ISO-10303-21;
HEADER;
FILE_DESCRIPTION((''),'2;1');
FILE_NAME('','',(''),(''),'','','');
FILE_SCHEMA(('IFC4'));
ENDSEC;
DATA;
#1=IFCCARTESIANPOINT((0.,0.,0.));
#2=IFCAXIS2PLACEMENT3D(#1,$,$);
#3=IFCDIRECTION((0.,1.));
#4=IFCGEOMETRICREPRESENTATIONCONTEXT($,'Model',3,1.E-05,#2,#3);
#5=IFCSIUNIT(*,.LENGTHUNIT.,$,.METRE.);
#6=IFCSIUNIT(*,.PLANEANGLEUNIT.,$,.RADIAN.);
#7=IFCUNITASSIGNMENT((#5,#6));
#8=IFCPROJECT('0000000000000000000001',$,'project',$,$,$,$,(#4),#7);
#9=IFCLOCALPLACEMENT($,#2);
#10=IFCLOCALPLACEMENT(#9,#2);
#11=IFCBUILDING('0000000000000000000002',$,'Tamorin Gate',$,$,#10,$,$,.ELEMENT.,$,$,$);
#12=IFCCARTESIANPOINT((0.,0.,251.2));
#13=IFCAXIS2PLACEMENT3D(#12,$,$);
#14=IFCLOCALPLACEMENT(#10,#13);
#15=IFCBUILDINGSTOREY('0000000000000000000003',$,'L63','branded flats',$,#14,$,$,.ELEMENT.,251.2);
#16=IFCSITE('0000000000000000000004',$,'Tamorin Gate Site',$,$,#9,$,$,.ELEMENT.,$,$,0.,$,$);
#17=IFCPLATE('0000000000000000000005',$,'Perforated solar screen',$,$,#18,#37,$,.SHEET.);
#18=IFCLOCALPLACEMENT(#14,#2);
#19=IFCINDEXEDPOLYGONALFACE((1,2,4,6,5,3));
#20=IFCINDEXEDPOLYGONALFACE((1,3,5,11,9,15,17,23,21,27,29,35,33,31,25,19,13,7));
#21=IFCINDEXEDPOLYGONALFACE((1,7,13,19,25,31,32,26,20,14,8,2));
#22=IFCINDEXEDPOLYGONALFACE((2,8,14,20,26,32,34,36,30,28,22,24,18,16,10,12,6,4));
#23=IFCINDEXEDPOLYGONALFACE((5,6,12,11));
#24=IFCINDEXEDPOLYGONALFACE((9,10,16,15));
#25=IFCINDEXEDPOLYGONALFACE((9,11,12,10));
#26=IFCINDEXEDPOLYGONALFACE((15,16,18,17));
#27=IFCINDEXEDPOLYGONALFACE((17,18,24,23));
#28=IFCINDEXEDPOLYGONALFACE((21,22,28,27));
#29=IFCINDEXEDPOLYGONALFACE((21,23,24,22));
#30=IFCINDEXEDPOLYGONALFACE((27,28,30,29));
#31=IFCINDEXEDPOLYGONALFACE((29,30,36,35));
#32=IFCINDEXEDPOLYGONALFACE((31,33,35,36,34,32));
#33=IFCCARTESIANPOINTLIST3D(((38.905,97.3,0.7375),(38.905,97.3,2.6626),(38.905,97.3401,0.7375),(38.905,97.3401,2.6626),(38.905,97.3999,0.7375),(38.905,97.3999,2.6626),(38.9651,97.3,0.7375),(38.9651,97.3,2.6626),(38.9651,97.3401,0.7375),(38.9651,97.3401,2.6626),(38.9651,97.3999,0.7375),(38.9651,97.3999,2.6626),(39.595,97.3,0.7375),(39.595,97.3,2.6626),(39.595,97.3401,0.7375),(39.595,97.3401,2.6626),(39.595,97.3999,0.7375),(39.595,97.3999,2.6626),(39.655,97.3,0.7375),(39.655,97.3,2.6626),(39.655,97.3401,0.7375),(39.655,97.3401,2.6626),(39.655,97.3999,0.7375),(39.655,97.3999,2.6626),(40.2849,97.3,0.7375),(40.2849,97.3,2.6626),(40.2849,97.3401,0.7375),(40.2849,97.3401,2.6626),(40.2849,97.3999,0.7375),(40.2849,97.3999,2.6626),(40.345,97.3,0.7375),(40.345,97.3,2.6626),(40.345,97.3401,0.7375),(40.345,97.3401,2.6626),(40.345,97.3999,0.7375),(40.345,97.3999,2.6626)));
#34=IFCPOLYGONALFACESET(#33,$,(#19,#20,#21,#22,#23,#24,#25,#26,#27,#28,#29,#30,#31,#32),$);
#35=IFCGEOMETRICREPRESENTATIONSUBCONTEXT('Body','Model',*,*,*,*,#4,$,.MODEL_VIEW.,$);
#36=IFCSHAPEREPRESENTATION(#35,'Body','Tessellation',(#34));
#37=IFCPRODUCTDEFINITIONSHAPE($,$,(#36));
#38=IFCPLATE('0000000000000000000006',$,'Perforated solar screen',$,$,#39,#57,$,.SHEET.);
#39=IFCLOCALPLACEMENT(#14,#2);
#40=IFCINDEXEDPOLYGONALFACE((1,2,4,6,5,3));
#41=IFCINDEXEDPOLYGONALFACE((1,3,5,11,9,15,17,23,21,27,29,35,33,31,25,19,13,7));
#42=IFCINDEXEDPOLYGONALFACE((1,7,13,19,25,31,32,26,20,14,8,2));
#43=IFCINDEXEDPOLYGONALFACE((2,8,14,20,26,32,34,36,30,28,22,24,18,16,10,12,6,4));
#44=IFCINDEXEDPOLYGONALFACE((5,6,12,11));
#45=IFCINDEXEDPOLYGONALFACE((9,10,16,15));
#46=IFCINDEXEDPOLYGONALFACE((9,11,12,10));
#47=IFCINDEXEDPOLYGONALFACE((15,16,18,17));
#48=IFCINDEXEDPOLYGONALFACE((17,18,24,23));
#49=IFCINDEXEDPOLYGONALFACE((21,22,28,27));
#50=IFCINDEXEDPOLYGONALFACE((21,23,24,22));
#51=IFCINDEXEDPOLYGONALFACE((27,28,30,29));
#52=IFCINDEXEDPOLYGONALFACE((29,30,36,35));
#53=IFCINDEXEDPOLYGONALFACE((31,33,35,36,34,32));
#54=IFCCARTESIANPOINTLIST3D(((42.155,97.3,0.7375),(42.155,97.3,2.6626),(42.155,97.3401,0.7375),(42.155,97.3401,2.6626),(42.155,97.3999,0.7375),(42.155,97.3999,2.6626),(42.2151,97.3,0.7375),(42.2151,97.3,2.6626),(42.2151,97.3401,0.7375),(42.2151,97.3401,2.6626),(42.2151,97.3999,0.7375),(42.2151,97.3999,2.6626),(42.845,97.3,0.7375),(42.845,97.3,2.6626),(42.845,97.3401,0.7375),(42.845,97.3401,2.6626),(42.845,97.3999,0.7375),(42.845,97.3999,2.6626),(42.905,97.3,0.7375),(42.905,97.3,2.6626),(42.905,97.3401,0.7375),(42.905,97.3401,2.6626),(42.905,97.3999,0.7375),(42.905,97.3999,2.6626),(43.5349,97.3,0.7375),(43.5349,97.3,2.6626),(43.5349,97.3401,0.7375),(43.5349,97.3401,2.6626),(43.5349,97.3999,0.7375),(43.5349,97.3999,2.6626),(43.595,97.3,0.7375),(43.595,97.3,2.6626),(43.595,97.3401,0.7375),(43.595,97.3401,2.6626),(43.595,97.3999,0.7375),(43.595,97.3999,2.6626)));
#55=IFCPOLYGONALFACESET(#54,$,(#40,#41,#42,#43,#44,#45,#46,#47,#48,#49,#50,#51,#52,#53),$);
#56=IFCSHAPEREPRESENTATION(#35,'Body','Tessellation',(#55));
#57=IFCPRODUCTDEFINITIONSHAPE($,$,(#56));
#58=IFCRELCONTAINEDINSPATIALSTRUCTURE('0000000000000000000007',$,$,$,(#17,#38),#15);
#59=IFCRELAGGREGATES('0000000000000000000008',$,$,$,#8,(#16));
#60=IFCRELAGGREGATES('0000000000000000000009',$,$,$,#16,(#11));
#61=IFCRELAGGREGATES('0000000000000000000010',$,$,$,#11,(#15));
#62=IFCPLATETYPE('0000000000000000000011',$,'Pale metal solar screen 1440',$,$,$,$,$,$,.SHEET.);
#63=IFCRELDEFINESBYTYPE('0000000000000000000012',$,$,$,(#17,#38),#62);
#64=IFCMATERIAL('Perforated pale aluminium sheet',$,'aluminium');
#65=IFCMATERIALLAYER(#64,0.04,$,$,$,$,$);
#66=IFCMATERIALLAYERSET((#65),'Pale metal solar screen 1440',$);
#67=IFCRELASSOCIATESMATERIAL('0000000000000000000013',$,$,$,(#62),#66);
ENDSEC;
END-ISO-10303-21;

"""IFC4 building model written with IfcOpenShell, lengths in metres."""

from ifc_helpers import new_model, si_unit, direction, frame, origin, place, context, subcontext, project, spatial, polyline, outline, extrude, material, layer, layer_set, type_object, element, save


model = new_model("IFC4")

# Units and contexts
model_context = context("Model", 3, precision=1e-05, world=origin(), true_north=direction((0.0, 1.0)))
body_context = subcontext(model_context, "Body", "Model", "MODEL_VIEW")
ifc_project = project(units=[si_unit("LENGTHUNIT", "METRE"), si_unit("PLANEANGLEUNIT", "RADIAN")], contexts=[model_context])

# Site, building, storey
site_placement = place(None, origin())
site = spatial("IfcSite", under=ifc_project, at=site_placement, Name="Tamorin Gate Site", CompositionType="ELEMENT", RefElevation=0.0)
building_placement = place(site_placement, origin())
building = spatial("IfcBuilding", under=site, at=building_placement, Name="Tamorin Gate", CompositionType="ELEMENT")
storey_placement = place(building_placement, frame((0.0, 0.0, 251.2)))
storey = spatial("IfcBuildingStorey", under=building, at=storey_placement, Name="L63", Description="branded flats", CompositionType="ELEMENT", Elevation=251.2)

# Plates
ifc_material_1 = material(Name="Perforated pale aluminium sheet", Category="aluminium")
ifc_layer_1 = layer(ifc_material_1, 0.04)
ifc_layer_set_1 = layer_set([ifc_layer_1], Name="Pale metal solar screen 1440")
plate_type = type_object("IfcPlateType", Name="Pale metal solar screen 1440", PredefinedType="SHEET", material=ifc_layer_set_1)
plate_1_placement = place(storey_placement, frame((0.0, 0.0, 0.7375)))
element("IfcPlate", 1, at=plate_1_placement, inside=storey, type_object=plate_type, Name="Perforated solar screen", PredefinedType="SHEET", context=body_context, shape_type="SweptSolid", body=[
    extrude(outline(polyline([(40.345, 97.3401), (40.345, 97.3), (40.2849, 97.3), (39.655, 97.3), (39.595, 97.3), (38.9651, 97.3), (38.905, 97.3), (38.905, 97.3401), (38.905, 97.3999), (38.9651, 97.3999), (38.9651, 97.3401), (39.595, 97.3401), (39.595, 97.3999), (39.655, 97.3999), (39.655, 97.3401), (40.2849, 97.3401), (40.2849, 97.3999), (40.345, 97.3999), (40.345, 97.3401)])), origin(), (0.0, 0.0, 1.0), 1.925),
])
plate_2_placement = place(storey_placement, frame((0.0, 0.0, 0.7375)))
element("IfcPlate", 2, at=plate_2_placement, inside=storey, type_object=plate_type, Name="Perforated solar screen", PredefinedType="SHEET", context=body_context, shape_type="SweptSolid", body=[
    extrude(outline(polyline([(43.595, 97.3401), (43.595, 97.3), (43.5349, 97.3), (42.905, 97.3), (42.845, 97.3), (42.2151, 97.3), (42.155, 97.3), (42.155, 97.3401), (42.155, 97.3999), (42.2151, 97.3999), (42.2151, 97.3401), (42.845, 97.3401), (42.845, 97.3999), (42.905, 97.3999), (42.905, 97.3401), (43.5349, 97.3401), (43.5349, 97.3999), (43.595, 97.3999), (43.595, 97.3401)])), origin(), (0.0, 0.0, 1.0), 1.925),
])

save(model, "model.ifc")
